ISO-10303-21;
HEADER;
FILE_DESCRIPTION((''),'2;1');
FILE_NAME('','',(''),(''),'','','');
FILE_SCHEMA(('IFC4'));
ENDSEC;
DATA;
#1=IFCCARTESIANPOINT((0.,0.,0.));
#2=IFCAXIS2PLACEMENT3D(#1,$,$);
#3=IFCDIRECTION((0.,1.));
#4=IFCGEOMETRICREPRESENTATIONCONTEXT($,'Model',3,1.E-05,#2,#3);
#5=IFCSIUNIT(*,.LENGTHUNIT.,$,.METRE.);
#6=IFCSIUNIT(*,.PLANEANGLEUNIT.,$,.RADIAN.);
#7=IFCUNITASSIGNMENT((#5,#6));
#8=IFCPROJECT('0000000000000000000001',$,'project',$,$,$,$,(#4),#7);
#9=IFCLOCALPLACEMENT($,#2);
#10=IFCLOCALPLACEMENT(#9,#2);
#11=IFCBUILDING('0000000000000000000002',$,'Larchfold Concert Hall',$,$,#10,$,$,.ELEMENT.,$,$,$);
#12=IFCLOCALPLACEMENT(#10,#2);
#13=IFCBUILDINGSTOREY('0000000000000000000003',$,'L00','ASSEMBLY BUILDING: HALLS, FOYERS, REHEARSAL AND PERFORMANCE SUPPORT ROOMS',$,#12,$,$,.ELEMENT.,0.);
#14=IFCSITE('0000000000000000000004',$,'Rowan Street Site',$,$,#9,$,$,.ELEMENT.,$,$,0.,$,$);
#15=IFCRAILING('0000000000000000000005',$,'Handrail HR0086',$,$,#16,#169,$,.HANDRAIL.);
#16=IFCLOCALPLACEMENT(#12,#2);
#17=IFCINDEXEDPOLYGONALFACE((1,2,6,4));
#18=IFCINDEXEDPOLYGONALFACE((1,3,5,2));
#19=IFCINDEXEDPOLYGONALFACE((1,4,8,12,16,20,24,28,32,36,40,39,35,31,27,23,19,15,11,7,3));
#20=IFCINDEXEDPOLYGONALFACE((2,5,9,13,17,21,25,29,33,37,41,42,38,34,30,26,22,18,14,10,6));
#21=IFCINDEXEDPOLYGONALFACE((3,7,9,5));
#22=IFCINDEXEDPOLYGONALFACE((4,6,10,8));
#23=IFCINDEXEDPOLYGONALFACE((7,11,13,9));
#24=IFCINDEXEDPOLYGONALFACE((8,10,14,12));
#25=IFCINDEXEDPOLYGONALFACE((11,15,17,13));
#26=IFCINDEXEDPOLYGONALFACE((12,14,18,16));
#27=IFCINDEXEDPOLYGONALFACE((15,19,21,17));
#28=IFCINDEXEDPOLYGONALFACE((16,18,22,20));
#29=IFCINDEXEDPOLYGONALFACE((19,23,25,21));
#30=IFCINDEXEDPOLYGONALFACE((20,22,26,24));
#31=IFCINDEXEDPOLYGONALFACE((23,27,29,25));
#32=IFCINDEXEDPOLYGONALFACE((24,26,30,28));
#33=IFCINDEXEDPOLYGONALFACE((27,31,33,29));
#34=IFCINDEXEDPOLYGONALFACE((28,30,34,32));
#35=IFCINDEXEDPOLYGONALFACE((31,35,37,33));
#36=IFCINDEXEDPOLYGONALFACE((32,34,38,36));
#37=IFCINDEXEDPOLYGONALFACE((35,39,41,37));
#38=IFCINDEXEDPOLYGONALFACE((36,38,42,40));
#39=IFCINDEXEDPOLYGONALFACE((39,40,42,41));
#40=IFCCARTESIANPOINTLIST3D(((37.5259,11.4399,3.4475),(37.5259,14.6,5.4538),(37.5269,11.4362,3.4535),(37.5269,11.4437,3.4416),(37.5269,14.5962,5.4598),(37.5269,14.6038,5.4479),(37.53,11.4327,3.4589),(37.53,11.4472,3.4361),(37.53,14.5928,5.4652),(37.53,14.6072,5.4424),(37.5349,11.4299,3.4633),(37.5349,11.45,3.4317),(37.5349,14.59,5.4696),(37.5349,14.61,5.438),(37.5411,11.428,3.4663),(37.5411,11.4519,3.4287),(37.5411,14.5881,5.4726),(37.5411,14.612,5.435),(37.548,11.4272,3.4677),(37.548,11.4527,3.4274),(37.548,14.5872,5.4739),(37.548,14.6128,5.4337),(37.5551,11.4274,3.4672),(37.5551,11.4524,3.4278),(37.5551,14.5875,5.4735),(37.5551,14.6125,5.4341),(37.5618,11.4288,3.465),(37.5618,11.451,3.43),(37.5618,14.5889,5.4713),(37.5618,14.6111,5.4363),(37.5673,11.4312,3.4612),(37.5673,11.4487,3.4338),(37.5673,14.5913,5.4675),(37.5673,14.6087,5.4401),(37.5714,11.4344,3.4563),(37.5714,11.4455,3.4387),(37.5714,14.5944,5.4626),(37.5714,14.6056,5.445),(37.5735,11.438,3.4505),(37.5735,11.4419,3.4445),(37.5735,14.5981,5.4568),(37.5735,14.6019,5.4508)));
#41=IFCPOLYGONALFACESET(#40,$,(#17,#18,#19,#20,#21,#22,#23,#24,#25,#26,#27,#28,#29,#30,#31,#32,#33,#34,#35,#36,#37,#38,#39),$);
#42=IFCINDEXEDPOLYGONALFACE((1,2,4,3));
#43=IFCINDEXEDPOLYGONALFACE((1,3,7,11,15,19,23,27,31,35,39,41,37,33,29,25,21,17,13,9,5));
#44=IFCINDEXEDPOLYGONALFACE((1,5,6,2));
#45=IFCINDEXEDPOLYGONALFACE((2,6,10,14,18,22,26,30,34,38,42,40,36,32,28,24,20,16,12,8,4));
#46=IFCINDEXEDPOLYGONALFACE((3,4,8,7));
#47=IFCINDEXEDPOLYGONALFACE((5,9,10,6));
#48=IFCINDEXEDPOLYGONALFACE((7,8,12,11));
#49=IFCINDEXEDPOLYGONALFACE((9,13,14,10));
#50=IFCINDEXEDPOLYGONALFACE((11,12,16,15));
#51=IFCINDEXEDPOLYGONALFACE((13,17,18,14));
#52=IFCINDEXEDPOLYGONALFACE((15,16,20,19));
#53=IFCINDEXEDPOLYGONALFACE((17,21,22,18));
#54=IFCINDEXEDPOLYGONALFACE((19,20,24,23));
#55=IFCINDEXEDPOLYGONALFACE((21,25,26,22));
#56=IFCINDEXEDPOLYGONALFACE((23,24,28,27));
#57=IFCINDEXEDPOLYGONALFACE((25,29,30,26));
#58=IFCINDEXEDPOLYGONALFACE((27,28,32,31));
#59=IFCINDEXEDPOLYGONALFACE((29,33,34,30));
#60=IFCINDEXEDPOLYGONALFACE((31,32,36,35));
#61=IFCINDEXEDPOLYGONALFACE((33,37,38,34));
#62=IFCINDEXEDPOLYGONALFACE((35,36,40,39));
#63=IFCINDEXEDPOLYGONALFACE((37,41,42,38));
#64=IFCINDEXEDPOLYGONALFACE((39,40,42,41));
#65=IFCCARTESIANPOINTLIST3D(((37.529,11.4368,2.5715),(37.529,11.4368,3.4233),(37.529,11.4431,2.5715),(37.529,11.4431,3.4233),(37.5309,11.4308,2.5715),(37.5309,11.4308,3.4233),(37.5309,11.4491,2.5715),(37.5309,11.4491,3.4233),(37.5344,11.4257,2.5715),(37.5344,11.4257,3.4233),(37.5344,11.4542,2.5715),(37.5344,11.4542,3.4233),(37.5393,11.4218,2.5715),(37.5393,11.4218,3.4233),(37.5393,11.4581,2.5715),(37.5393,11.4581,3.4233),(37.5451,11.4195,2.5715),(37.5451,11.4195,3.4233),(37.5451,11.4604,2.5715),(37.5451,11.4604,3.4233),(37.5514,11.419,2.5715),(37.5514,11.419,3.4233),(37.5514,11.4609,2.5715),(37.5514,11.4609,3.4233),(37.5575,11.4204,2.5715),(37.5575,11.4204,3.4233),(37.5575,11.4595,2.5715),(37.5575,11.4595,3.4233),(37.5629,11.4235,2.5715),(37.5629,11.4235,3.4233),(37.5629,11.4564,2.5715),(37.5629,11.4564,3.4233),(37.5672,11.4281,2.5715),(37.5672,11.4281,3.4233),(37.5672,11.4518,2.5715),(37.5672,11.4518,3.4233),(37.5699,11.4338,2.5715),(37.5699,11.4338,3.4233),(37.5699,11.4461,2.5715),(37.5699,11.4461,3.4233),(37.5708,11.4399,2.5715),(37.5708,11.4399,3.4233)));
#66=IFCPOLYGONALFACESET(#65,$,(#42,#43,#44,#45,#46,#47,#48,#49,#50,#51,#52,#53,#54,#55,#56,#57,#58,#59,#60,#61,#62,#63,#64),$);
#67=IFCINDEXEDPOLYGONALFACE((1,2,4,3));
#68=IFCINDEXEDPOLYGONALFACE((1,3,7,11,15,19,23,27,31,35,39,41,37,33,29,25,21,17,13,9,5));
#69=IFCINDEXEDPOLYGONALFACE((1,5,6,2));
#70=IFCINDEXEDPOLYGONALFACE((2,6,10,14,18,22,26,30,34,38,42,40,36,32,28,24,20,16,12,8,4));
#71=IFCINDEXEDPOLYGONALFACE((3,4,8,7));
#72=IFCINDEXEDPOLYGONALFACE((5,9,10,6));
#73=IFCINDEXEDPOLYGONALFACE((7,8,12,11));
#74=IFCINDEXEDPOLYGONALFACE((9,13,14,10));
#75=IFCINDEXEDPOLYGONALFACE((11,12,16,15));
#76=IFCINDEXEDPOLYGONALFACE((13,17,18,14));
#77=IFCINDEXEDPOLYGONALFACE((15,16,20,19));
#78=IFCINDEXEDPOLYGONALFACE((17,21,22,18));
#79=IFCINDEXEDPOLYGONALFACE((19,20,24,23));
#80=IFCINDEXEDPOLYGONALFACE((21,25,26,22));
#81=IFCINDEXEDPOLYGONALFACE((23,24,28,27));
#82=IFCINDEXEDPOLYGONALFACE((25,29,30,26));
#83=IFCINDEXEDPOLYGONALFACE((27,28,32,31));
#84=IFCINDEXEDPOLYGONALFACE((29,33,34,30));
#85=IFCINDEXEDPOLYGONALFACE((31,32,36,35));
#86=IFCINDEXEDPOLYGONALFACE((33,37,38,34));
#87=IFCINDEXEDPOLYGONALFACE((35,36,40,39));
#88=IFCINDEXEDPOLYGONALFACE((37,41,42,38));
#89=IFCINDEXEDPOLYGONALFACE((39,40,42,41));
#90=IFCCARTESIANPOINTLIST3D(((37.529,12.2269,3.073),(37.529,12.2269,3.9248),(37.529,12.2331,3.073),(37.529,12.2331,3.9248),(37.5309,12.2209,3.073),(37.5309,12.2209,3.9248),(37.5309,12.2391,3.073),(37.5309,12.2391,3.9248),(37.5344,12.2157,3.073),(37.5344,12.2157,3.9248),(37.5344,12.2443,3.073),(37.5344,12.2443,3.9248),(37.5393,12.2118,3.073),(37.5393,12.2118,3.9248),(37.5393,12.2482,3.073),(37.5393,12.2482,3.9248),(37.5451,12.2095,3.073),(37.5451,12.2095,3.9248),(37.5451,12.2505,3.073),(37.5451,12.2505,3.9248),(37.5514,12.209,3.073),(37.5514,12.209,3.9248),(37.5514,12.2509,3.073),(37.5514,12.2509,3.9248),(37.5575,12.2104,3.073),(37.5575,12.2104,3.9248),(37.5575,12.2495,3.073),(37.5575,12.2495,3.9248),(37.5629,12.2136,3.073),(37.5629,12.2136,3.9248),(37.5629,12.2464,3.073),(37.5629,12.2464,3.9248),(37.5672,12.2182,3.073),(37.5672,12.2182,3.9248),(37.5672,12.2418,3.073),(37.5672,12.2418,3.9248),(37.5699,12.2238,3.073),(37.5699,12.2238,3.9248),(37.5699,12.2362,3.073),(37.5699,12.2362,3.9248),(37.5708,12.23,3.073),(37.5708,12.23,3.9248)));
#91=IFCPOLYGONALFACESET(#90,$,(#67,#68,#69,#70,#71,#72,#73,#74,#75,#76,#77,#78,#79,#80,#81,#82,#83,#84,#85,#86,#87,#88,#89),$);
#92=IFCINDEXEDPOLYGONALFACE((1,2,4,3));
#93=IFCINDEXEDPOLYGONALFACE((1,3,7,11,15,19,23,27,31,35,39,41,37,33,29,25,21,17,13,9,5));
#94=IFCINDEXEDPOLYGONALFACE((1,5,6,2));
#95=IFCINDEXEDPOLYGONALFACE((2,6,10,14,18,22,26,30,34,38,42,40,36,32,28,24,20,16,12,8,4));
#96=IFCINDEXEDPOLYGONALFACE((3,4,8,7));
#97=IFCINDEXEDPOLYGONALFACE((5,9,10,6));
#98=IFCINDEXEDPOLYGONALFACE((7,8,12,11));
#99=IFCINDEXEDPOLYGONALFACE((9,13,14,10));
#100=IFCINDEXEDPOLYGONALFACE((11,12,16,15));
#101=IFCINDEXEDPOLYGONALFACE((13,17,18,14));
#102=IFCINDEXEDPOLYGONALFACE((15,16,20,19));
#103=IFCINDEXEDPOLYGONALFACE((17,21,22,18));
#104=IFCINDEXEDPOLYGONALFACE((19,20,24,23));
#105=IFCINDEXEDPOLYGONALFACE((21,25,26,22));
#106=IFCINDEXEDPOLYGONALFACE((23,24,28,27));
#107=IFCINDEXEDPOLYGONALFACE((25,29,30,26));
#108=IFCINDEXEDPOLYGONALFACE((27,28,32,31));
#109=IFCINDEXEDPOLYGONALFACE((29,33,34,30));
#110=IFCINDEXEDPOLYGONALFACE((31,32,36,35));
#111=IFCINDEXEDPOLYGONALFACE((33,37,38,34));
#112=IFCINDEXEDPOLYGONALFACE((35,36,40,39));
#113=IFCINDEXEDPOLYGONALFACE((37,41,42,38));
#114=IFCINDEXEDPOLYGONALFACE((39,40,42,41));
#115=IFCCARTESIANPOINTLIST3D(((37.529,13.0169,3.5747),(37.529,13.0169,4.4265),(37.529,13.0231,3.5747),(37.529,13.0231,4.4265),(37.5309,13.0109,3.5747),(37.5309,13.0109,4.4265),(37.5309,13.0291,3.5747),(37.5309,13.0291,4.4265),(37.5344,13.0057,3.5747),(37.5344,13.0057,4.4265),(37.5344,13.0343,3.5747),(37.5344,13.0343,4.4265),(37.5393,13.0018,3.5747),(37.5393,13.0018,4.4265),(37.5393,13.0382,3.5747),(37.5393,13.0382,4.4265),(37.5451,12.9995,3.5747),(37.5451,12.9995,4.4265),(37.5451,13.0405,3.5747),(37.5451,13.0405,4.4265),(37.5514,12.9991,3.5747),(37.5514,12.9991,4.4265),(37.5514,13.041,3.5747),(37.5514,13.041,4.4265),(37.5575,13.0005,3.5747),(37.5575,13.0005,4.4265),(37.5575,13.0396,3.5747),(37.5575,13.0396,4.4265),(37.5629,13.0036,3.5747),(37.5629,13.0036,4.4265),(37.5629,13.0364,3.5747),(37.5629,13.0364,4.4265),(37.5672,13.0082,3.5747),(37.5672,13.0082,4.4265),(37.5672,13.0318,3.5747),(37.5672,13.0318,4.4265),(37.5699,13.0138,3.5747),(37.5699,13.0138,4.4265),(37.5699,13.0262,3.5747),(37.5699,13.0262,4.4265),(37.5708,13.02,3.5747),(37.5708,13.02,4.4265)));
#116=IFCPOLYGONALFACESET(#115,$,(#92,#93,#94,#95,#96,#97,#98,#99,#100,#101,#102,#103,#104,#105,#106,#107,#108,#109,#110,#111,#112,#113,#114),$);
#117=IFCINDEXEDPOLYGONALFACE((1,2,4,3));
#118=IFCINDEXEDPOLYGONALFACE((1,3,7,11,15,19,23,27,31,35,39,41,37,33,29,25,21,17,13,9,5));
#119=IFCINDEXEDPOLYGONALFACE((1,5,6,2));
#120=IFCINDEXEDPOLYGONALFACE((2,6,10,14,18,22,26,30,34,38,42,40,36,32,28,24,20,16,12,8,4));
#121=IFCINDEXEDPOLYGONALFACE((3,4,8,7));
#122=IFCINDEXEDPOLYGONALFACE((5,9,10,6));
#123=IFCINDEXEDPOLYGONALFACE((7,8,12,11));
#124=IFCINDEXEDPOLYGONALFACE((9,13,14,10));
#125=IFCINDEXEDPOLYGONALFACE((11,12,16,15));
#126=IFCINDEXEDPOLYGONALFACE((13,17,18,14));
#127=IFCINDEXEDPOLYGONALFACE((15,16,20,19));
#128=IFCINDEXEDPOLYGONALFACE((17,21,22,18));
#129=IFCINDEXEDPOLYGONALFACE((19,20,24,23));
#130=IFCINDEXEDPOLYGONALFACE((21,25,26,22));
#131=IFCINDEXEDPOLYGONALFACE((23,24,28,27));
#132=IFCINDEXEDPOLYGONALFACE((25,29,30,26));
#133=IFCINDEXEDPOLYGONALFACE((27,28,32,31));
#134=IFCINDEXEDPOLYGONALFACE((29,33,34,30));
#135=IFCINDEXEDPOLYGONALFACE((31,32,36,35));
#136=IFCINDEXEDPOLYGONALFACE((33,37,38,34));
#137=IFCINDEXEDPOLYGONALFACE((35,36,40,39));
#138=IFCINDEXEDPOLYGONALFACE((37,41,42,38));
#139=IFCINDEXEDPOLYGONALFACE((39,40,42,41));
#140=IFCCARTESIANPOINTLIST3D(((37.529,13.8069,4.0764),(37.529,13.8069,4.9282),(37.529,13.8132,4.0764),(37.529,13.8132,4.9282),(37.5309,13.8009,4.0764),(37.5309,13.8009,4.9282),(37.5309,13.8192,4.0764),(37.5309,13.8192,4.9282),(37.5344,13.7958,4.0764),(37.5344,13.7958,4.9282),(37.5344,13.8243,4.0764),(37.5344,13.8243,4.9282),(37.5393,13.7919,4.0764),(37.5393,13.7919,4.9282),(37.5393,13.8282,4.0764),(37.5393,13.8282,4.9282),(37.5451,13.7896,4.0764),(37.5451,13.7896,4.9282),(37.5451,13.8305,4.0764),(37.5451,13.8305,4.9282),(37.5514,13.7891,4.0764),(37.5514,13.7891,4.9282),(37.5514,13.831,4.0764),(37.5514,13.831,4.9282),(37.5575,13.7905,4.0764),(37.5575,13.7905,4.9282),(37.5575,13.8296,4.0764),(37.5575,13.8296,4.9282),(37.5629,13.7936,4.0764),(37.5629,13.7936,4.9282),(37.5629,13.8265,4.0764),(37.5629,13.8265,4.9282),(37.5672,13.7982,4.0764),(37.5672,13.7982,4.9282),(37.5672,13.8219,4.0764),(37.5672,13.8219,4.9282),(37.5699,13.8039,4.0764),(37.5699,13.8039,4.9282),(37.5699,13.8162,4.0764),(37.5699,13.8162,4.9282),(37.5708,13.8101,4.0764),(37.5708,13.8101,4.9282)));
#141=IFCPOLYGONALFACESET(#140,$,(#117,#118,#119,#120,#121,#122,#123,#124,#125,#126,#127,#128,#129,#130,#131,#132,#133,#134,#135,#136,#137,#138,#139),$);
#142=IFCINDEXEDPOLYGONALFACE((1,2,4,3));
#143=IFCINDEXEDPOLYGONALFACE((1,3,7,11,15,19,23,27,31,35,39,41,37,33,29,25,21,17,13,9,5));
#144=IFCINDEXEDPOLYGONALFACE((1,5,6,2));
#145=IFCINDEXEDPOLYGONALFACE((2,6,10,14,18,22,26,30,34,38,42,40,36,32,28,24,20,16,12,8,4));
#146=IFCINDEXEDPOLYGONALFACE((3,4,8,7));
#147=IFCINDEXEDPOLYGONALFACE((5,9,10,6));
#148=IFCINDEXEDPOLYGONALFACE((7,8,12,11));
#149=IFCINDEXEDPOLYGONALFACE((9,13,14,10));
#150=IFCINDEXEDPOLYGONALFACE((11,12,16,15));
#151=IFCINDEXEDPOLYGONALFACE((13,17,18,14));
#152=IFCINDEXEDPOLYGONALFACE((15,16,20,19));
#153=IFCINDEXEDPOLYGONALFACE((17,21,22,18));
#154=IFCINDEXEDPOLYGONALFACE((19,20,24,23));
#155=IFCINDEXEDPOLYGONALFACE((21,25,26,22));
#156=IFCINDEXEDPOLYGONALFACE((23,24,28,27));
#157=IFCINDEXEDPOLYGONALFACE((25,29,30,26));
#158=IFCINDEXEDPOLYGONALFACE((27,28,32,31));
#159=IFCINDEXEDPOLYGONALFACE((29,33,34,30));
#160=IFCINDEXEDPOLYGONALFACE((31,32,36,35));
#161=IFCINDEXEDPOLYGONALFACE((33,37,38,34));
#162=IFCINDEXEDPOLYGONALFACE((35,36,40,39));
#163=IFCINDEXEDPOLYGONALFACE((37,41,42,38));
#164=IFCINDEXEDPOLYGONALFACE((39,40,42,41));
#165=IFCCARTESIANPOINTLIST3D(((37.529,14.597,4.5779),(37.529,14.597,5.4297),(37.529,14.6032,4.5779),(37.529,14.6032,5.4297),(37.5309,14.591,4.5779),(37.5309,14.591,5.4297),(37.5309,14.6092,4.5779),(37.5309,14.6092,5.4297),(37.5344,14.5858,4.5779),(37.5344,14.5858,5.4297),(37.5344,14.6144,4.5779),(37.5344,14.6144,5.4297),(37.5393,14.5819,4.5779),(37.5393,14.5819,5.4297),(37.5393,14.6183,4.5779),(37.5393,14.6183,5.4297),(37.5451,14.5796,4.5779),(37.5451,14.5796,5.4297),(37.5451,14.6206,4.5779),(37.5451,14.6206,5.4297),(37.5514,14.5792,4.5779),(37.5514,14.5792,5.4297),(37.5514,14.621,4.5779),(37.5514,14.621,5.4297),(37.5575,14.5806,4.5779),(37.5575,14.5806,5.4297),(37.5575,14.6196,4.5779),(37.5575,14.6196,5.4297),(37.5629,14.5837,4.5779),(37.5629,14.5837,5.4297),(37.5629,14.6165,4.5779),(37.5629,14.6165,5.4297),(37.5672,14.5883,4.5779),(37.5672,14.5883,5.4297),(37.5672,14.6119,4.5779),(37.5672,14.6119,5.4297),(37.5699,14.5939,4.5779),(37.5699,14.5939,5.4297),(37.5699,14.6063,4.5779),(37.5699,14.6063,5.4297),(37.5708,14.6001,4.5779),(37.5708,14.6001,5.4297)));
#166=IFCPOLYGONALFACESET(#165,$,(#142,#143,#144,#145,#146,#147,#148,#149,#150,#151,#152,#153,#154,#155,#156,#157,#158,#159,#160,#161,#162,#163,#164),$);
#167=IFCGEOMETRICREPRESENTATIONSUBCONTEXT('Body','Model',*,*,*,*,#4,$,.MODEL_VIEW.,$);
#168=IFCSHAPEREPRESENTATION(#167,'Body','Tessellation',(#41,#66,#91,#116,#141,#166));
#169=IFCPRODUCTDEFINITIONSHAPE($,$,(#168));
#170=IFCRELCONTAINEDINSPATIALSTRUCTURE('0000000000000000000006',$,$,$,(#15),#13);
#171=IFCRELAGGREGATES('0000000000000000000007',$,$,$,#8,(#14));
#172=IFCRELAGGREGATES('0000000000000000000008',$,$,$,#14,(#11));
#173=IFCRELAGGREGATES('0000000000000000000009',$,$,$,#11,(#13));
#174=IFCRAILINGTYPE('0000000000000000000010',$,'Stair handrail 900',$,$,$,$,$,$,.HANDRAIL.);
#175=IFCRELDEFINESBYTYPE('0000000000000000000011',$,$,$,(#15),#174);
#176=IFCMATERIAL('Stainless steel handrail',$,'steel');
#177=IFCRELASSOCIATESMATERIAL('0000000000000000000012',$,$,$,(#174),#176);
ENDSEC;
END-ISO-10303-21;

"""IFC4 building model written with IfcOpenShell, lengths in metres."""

from ifc_helpers import new_model, si_unit, direction, frame, origin, origin_2d, place, context, subcontext, project, spatial, circle, extrude, material, type_object, element, save


model = new_model("IFC4")

# Units and contexts
model_context = context("Model", 3, precision=1e-05, world=origin(), true_north=direction((0.0, 1.0)))
body_context = subcontext(model_context, "Body", "Model", "MODEL_VIEW")
ifc_project = project(units=[si_unit("LENGTHUNIT", "METRE"), si_unit("PLANEANGLEUNIT", "RADIAN")], contexts=[model_context])

# Site, building, storey
site_placement = place(None, origin())
site = spatial("IfcSite", under=ifc_project, at=site_placement, Name="Rowan Street Site", CompositionType="ELEMENT", RefElevation=0.0)
building_placement = place(site_placement, origin())
building = spatial("IfcBuilding", under=site, at=building_placement, Name="Larchfold Concert Hall", CompositionType="ELEMENT")
storey_placement = place(building_placement, origin())
storey = spatial("IfcBuildingStorey", under=building, at=storey_placement, Name="L00", Description="ASSEMBLY BUILDING: HALLS, FOYERS, REHEARSAL AND PERFORMANCE SUPPORT ROOMS", CompositionType="ELEMENT", Elevation=0.0)

# Railing
ifc_material_1 = material(Name="Stainless steel handrail", Category="steel")
railing_type = type_object("IfcRailingType", Name="Stair handrail 900", PredefinedType="HANDRAIL", material=ifc_material_1)
railing_placement = place(storey_placement, frame((37.5498, 11.4399, 2.5715)))
element("IfcRailing", 1, at=railing_placement, inside=storey, type_object=railing_type, Name="Handrail HR0086", PredefinedType="HANDRAIL", context=body_context, shape_type="SweptSolid", body=[
    extrude(circle(Radius=0.0239, at=origin_2d()), frame((0.0, 0.0, 0.876), z_axis=(0.0, 0.844225, 0.535989), x_axis=(-1.0, 0.0, 0.0)), (0.0, 0.0, 1.0), 3.7432),
    extrude(circle(Radius=0.021, at=origin_2d()), origin(), (0.0, 0.0, 1.0), 0.8518),
    extrude(circle(Radius=0.021, at=origin_2d()), frame((0.0, 0.79, 0.5015)), (0.0, 0.0, 1.0), 0.8518),
    extrude(circle(Radius=0.021, at=origin_2d()), frame((0.0, 1.5801, 1.0032)), (0.0, 0.0, 1.0), 0.8518),
    extrude(circle(Radius=0.021, at=origin_2d()), frame((0.0, 2.3701, 1.5049)), (0.0, 0.0, 1.0), 0.8518),
    extrude(circle(Radius=0.021, at=origin_2d()), frame((0.0, 3.1602, 2.0063)), (0.0, 0.0, 1.0), 0.8518),
])

save(model, "model.ifc")
